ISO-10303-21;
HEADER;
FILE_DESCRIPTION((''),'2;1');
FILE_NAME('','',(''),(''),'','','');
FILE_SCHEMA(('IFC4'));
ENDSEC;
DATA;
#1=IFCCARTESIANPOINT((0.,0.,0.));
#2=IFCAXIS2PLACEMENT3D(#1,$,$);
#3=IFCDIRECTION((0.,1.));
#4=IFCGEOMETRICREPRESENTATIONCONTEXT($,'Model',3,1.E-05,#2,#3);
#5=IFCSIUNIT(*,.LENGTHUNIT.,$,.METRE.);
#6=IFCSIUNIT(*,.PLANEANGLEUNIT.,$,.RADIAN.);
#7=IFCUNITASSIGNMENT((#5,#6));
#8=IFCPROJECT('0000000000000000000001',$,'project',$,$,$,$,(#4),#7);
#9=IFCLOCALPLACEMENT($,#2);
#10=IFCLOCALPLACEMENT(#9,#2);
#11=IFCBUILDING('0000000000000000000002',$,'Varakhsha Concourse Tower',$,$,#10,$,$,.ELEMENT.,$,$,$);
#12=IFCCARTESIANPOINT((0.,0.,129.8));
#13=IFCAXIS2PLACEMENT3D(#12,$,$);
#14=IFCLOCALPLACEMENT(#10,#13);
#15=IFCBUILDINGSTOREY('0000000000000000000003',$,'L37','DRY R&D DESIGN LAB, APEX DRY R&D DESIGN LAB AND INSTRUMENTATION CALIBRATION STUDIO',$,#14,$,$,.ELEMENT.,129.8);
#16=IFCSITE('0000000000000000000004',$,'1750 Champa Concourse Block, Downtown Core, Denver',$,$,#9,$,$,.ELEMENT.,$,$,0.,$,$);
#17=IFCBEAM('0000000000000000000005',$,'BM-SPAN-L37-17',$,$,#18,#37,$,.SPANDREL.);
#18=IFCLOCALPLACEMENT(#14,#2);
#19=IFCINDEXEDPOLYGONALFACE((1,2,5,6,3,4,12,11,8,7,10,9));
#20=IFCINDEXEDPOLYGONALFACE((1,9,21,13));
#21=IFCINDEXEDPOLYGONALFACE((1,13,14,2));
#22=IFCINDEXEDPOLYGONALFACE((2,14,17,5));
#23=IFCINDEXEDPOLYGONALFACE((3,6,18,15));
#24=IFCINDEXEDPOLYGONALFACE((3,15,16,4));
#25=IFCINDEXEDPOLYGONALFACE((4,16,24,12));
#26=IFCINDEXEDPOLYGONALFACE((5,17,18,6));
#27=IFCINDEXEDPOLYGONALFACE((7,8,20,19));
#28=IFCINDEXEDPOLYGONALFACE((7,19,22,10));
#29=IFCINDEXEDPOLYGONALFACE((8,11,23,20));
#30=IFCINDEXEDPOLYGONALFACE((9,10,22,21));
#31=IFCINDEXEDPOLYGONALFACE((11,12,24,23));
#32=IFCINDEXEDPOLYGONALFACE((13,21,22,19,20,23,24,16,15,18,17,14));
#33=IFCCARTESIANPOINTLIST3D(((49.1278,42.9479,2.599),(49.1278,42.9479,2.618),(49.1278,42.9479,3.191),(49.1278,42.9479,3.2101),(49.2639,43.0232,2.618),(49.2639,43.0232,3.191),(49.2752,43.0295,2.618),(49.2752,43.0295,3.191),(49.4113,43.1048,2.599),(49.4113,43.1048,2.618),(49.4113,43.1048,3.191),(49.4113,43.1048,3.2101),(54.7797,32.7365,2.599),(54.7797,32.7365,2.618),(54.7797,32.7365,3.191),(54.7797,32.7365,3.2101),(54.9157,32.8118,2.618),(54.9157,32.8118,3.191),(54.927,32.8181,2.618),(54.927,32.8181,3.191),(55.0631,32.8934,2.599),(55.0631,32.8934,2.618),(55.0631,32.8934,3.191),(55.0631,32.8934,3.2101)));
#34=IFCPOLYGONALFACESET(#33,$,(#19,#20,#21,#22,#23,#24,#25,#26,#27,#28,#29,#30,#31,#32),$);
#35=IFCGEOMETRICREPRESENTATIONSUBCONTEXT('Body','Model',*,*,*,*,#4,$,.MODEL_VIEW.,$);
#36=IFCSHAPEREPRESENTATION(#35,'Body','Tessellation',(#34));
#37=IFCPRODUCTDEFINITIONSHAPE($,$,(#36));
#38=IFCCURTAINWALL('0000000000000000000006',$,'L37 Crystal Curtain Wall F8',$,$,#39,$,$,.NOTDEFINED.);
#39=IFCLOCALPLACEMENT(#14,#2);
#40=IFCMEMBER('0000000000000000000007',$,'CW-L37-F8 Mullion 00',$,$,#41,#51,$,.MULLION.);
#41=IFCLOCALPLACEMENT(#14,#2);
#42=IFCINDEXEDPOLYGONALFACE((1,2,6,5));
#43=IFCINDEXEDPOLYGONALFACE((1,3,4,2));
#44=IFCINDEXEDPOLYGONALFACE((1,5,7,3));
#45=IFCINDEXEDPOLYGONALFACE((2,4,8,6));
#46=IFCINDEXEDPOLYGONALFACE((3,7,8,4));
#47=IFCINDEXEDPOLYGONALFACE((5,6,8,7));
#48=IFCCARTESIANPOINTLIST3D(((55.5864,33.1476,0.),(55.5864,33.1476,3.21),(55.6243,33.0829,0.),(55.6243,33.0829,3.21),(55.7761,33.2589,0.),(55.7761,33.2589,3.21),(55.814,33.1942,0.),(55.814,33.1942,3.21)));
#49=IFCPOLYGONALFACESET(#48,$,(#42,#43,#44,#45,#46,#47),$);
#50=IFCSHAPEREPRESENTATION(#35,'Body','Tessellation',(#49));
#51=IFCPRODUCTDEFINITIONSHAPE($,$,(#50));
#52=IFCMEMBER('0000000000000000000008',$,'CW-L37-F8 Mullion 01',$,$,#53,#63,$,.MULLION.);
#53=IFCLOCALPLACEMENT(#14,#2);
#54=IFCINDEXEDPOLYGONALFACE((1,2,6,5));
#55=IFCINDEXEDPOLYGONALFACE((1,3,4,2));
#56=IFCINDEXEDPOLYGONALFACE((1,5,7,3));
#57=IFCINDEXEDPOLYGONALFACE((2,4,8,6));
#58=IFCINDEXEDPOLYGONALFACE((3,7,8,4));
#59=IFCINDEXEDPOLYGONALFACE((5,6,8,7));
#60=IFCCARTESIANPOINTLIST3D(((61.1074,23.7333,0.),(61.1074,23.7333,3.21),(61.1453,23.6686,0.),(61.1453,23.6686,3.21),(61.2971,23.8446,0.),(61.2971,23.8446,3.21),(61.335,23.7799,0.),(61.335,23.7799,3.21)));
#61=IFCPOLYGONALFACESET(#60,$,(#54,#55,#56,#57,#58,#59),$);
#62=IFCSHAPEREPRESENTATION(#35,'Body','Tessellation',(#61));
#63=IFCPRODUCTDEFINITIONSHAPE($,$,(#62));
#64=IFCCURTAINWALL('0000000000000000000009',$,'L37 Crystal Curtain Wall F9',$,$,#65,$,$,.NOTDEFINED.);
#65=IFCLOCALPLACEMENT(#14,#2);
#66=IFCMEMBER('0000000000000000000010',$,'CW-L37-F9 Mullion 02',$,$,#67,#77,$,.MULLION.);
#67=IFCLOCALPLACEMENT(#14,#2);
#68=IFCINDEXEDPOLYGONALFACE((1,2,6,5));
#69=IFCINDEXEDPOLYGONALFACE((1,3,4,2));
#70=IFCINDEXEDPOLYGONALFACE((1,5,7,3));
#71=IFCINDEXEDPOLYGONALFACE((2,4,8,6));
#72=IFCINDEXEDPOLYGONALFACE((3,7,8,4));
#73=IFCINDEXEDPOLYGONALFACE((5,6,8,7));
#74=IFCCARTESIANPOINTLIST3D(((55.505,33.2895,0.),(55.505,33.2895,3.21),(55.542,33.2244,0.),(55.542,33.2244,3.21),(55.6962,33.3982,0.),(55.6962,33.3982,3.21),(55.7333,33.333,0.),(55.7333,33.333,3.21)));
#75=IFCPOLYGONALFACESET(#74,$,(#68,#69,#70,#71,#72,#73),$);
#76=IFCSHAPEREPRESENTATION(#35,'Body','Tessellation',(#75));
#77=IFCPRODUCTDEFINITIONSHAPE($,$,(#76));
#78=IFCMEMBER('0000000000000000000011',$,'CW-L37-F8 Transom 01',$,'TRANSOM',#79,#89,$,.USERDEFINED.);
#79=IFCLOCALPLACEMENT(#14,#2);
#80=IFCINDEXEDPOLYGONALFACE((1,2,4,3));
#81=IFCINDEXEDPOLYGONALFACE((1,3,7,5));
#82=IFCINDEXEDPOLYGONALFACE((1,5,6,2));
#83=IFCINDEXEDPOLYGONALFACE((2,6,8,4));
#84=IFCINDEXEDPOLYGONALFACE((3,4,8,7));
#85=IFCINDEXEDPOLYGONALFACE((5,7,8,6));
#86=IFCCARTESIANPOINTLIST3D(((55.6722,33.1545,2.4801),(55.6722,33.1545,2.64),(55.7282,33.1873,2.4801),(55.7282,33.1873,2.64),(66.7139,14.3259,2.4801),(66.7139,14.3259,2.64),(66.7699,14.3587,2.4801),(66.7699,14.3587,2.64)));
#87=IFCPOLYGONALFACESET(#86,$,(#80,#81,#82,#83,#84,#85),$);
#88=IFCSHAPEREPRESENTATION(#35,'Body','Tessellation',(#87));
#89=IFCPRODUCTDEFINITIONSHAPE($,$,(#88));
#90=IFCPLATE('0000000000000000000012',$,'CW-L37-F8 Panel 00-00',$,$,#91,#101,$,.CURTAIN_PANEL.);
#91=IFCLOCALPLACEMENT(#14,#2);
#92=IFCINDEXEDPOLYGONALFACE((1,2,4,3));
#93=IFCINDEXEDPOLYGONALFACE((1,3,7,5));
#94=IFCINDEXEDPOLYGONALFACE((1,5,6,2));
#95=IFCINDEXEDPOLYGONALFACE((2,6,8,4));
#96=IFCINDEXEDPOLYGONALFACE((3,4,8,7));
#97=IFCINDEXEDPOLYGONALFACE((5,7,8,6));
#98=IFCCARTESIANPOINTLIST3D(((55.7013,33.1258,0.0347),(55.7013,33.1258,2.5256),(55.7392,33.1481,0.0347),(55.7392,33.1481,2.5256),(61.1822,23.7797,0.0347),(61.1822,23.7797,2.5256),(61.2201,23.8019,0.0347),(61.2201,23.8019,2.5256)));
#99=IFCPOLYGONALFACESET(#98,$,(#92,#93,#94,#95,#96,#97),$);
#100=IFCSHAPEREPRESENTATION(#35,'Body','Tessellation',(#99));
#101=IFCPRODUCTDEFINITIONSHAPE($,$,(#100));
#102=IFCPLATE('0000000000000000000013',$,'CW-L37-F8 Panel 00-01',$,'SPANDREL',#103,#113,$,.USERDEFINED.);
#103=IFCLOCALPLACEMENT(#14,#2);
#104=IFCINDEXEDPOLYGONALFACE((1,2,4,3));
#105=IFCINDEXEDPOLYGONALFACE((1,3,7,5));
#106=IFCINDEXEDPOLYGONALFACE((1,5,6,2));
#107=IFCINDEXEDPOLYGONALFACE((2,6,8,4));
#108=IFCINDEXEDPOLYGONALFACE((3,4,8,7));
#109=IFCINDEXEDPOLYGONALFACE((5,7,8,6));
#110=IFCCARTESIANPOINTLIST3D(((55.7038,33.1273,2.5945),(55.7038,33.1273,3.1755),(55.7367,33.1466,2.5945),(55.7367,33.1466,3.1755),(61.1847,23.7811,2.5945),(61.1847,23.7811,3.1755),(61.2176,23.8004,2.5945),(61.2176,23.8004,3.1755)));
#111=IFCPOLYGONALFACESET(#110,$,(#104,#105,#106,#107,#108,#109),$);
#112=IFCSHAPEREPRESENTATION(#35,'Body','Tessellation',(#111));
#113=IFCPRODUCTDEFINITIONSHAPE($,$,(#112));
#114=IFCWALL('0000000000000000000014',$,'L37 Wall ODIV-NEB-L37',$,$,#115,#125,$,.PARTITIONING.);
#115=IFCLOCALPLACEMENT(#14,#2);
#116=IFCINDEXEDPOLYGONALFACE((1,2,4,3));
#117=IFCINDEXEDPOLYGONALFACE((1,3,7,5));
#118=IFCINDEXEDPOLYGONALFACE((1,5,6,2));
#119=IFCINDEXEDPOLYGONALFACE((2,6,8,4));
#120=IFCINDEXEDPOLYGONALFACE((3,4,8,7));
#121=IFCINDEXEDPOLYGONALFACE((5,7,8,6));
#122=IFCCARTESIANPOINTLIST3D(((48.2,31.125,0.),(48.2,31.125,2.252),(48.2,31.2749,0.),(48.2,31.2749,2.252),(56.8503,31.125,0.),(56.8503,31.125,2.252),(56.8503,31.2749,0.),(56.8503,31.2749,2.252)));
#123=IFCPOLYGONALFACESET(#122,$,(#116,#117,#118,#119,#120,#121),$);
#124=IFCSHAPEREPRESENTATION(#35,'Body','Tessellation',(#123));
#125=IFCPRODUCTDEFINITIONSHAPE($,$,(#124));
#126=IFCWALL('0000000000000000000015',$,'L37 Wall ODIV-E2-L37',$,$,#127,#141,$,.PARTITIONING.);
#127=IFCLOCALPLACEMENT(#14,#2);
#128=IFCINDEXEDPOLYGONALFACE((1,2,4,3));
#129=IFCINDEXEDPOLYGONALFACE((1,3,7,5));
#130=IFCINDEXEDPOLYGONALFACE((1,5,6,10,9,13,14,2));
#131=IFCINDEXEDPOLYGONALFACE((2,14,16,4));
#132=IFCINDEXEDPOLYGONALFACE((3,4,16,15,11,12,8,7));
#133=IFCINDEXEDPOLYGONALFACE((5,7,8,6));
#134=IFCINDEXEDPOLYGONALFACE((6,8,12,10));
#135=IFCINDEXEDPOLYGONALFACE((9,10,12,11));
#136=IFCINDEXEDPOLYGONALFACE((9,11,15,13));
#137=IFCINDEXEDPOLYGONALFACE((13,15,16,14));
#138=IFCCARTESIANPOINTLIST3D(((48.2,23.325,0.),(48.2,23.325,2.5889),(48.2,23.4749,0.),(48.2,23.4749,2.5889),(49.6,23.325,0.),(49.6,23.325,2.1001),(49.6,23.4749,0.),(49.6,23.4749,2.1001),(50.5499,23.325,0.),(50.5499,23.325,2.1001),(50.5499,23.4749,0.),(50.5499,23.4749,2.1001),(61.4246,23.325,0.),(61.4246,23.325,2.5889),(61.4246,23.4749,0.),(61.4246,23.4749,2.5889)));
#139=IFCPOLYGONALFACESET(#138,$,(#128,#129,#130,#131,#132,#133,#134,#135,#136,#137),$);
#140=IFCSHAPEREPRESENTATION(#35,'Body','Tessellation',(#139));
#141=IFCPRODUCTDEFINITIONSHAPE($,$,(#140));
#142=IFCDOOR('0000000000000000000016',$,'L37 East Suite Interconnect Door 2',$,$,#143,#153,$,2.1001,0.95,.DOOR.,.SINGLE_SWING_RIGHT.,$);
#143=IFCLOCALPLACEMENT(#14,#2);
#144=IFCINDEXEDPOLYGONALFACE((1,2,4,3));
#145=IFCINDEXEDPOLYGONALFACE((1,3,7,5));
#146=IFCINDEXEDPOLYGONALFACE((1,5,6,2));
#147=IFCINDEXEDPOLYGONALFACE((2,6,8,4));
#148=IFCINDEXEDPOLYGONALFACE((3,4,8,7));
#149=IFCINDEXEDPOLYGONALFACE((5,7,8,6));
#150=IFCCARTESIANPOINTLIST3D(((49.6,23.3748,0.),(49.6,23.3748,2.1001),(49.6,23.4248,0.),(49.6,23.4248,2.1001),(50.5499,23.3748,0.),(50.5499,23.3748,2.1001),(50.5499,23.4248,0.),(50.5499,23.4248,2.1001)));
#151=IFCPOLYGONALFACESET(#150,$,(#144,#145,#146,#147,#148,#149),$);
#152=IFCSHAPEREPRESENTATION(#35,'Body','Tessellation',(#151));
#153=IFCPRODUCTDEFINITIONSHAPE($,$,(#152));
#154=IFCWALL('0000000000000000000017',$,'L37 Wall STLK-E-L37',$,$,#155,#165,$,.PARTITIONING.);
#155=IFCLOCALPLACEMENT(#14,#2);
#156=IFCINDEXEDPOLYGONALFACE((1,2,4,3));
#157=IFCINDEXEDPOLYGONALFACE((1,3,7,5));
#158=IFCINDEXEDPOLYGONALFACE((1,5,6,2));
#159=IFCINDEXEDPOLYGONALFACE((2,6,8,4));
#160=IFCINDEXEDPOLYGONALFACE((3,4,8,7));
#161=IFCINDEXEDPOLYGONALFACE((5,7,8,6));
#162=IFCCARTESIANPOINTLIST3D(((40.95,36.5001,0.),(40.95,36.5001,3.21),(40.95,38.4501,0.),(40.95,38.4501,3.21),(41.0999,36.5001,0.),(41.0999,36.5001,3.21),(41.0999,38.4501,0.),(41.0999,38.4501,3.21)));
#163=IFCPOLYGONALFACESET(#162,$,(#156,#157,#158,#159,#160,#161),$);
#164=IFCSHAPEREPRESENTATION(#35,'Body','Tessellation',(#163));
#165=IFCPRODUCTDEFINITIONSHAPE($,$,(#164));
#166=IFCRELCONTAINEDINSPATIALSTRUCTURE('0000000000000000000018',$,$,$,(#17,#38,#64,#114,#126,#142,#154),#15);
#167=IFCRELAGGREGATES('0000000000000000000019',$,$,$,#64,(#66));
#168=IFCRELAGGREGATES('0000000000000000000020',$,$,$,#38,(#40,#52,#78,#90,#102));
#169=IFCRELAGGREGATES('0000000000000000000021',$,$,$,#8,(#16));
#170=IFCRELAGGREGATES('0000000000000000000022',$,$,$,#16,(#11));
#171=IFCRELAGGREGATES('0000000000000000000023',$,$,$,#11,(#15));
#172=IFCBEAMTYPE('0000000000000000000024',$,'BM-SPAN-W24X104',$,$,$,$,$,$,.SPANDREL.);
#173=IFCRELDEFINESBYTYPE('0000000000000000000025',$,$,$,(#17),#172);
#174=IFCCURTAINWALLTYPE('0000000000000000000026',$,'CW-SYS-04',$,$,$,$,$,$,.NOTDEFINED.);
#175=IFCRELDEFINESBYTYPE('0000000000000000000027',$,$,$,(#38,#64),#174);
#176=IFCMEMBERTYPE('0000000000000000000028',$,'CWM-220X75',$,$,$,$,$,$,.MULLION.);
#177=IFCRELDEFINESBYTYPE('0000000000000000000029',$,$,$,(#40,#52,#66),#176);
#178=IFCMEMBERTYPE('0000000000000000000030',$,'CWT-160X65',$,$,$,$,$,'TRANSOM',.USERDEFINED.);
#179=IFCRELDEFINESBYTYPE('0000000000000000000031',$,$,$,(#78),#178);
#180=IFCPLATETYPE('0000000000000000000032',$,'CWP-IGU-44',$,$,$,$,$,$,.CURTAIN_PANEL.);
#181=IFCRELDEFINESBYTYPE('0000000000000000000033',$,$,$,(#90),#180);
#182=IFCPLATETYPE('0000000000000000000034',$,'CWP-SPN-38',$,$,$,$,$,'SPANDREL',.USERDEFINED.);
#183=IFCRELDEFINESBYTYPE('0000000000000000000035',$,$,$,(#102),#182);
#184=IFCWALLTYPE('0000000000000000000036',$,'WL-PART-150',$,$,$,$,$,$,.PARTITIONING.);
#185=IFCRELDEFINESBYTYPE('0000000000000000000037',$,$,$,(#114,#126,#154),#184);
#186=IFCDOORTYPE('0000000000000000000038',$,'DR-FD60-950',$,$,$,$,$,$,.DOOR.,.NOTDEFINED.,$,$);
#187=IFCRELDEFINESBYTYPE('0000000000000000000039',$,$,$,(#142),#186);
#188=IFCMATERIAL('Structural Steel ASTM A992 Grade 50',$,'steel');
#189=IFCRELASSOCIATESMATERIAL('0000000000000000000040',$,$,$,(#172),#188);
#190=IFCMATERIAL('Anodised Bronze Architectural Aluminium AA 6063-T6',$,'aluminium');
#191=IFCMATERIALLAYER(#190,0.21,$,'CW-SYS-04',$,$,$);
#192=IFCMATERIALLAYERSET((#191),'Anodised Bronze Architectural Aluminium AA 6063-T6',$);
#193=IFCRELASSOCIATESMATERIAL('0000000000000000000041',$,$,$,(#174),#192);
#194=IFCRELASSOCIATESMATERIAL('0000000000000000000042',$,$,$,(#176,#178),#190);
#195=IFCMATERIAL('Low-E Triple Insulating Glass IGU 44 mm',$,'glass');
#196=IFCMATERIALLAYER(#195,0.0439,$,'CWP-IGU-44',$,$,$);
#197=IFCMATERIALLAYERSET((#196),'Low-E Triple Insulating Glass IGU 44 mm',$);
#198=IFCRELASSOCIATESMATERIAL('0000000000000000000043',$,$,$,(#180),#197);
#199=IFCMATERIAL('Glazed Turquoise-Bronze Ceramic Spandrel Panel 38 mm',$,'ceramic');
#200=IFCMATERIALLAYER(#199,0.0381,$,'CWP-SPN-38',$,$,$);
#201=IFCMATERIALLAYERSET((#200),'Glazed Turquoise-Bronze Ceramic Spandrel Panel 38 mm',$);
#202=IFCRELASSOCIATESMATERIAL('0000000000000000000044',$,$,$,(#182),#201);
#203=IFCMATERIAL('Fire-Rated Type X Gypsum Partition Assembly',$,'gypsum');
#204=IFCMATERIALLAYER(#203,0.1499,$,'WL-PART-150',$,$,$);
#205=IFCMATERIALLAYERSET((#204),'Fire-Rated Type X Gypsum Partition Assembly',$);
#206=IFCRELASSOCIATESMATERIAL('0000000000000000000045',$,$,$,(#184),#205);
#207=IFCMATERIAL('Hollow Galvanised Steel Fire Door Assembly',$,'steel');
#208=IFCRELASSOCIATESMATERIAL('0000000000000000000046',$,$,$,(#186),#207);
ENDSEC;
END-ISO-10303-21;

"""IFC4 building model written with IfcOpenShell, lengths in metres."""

from ifc_helpers import new_model, si_unit, direction, frame, frame_2d, origin, origin_2d, place, context, subcontext, project, spatial, rectangle, i_section, extrude, source, transform, mapped, material, layer, layer_set, material_profile, profile_set, type_object, type_shapes, element, fill, aggregate, save


model = new_model("IFC4")

# Units and contexts
model_context = context("Model", 3, precision=1e-05, world=origin(), true_north=direction((0.0, 1.0)))
body_context = subcontext(model_context, "Body", "Model", "MODEL_VIEW")
ifc_project = project(units=[si_unit("LENGTHUNIT", "METRE"), si_unit("PLANEANGLEUNIT", "RADIAN")], contexts=[model_context])

# Site, building, storey
site_placement = place(None, origin())
site = spatial("IfcSite", under=ifc_project, at=site_placement, Name="1750 Champa Concourse Block, Downtown Core, Denver", CompositionType="ELEMENT", RefElevation=0.0)
building_placement = place(site_placement, origin())
building = spatial("IfcBuilding", under=site, at=building_placement, Name="Varakhsha Concourse Tower", CompositionType="ELEMENT")
storey_placement = place(building_placement, frame((0.0, 0.0, 129.8)))
storey = spatial("IfcBuildingStorey", under=building, at=storey_placement, Name="L37", Description="DRY R&D DESIGN LAB, APEX DRY R&D DESIGN LAB AND INSTRUMENTATION CALIBRATION STUDIO", CompositionType="ELEMENT", Elevation=129.8)

# Shared definitions
ifc_material_1 = material(Name="Structural Steel ASTM A992 Grade 50", Category="steel")

# Beam
ifc_material_profile_1 = material_profile(ifc_material_1, i_section(OverallWidth=0.324, OverallDepth=0.6111, WebThickness=0.0129, FlangeThickness=0.019, at=origin_2d()), Name="W24X104")
ifc_profile_set_1 = profile_set([ifc_material_profile_1], Name="Structural Steel ASTM A992 Grade 50")
beam_type_1 = type_object("IfcBeamType", Name="BM-SPAN-W24X104", PredefinedType="SPANDREL", material=ifc_profile_set_1)
beam_1_placement = place(storey_placement, frame((54.9214, 32.8149, 2.9045), z_axis=(-0.484257, 0.874926, 0.0), x_axis=(-0.874926, -0.484257, 0.0)))
element("IfcBeam", 1, at=beam_1_placement, inside=storey, type_object=beam_type_1, Name="BM-SPAN-L37-17", PredefinedType="SPANDREL", context=body_context, shape_type="SweptSolid", body=[
    extrude(i_section(OverallWidth=0.324, OverallDepth=0.6111, WebThickness=0.0129, FlangeThickness=0.019, at=origin_2d()), origin(), (0.0, 0.0, 1.0), 11.6711),
])

# Curtain wall, members
ifc_material_2 = material(Name="Anodised Bronze Architectural Aluminium AA 6063-T6", Category="aluminium")
ifc_layer_1 = layer(ifc_material_2, 0.21, Name="CW-SYS-04")
ifc_layer_set_1 = layer_set([ifc_layer_1], Name="Anodised Bronze Architectural Aluminium AA 6063-T6")
curtain_wall_type = type_object("IfcCurtainWallType", Name="CW-SYS-04", PredefinedType="NOTDEFINED", material=ifc_layer_set_1)
curtain_wall_1_placement = place(storey_placement, origin())
curtain_wall_1 = element("IfcCurtainWall", 2, at=curtain_wall_1_placement, inside=storey, type_object=curtain_wall_type, Name="L37 Crystal Curtain Wall F8", PredefinedType="NOTDEFINED")
ifc_material_profile_2 = material_profile(ifc_material_2, rectangle(XDim=0.075, YDim=0.22, at=origin_2d()), Name="CWM-220X75")
ifc_profile_set_2 = profile_set([ifc_material_profile_2], Name="Anodised Bronze Architectural Aluminium AA 6063-T6")
member_type_1 = type_object("IfcMemberType", Name="CWM-220X75", PredefinedType="MULLION", material=ifc_profile_set_2)
shared_shape_1 = source(origin(), body_context, "Body", "SweptSolid", [
    extrude(rectangle(XDim=0.075, YDim=0.22, at=origin_2d()), origin(), (0.0, 0.0, 1.0), 3.21),
])
type_shapes(member_type_1, [shared_shape_1])
member_1_placement = place(storey_placement, frame((55.7002, 33.1709, 0.0), z_axis=(0.0, 0.0, 1.0), x_axis=(0.505862, -0.862614, 0.0)))
member_1 = element("IfcMember", 3, at=member_1_placement, type_object=member_type_1, Name="CW-L37-F8 Mullion 00", PredefinedType="MULLION", context=body_context, shape_type="MappedRepresentation", body=[
    mapped(shared_shape_1, transform((0.0, 0.0, 0.0), scale=1.0)),
])
member_2_placement = place(storey_placement, frame((61.2212, 23.7566, 0.0), z_axis=(0.0, 0.0, 1.0), x_axis=(0.505862, -0.862614, 0.0)))
member_2 = element("IfcMember", 4, at=member_2_placement, type_object=member_type_1, Name="CW-L37-F8 Mullion 01", PredefinedType="MULLION", context=body_context, shape_type="MappedRepresentation", body=[
    mapped(shared_shape_1, transform((0.0, 0.0, 0.0), scale=1.0)),
])

# Curtain wall, member
curtain_wall_2_placement = place(storey_placement, origin())
curtain_wall_2 = element("IfcCurtainWall", 5, at=curtain_wall_2_placement, inside=storey, type_object=curtain_wall_type, Name="L37 Crystal Curtain Wall F9", PredefinedType="NOTDEFINED")
member_3_placement = place(storey_placement, frame((55.6191, 33.3113, 0.0), z_axis=(0.0, 0.0, 1.0), x_axis=(0.494115, -0.869397, 0.0)))
member_3 = element("IfcMember", 6, at=member_3_placement, type_object=member_type_1, Name="CW-L37-F9 Mullion 02", PredefinedType="MULLION", context=body_context, shape_type="MappedRepresentation", body=[
    mapped(shared_shape_1, transform((0.0, 0.0, 0.0), scale=1.0)),
])
aggregate(curtain_wall_2, [member_3])

# Member
ifc_material_profile_3 = material_profile(ifc_material_2, rectangle(XDim=0.0649, YDim=0.1599, at=origin_2d()), Name="CWT-160X65")
ifc_profile_set_3 = profile_set([ifc_material_profile_3], Name="Anodised Bronze Architectural Aluminium AA 6063-T6")
member_type_2 = type_object("IfcMemberType", Name="CWT-160X65", ElementType="TRANSOM", PredefinedType="USERDEFINED", material=ifc_profile_set_3)
shared_shape_2 = source(origin(), body_context, "Body", "SweptSolid", [
    extrude(rectangle(XDim=0.0649, YDim=0.1599, at=origin_2d()), origin(), (0.0, 0.0, 1.0), 21.8274),
])
type_shapes(member_type_2, [shared_shape_2])
member_4_placement = place(storey_placement, frame((55.7002, 33.1709, 2.5601), z_axis=(0.505866, -0.862612, 0.0), x_axis=(0.862612, 0.505866, 0.0)))
member_4 = element("IfcMember", 7, at=member_4_placement, type_object=member_type_2, Name="CW-L37-F8 Transom 01", ObjectType="TRANSOM", PredefinedType="USERDEFINED", context=body_context, shape_type="MappedRepresentation", body=[
    mapped(shared_shape_2, transform((0.0, 0.0, 0.0), scale=1.0)),
])

# Plates
ifc_material_3 = material(Name="Low-E Triple Insulating Glass IGU 44 mm", Category="glass")
ifc_layer_2 = layer(ifc_material_3, 0.0439, Name="CWP-IGU-44")
ifc_layer_set_2 = layer_set([ifc_layer_2], Name="Low-E Triple Insulating Glass IGU 44 mm")
plate_type_1 = type_object("IfcPlateType", Name="CWP-IGU-44", PredefinedType="CURTAIN_PANEL", material=ifc_layer_set_2)
shared_shape_3 = source(origin(), body_context, "Body", "SweptSolid", [
    extrude(rectangle(XDim=10.8347, YDim=0.0439, at=origin_2d()), origin(), (0.0, 0.0, 1.0), 2.491),
])
type_shapes(plate_type_1, [shared_shape_3])
plate_1_placement = place(storey_placement, frame((58.4607, 28.4639, 0.0347), z_axis=(0.0, 0.0, 1.0), x_axis=(0.505862, -0.862614, 0.0)))
plate_1 = element("IfcPlate", 8, at=plate_1_placement, type_object=plate_type_1, Name="CW-L37-F8 Panel 00-00", PredefinedType="CURTAIN_PANEL", context=body_context, shape_type="MappedRepresentation", body=[
    mapped(shared_shape_3, transform((0.0, 0.0, 0.0), scale=1.0)),
])
ifc_material_4 = material(Name="Glazed Turquoise-Bronze Ceramic Spandrel Panel 38 mm", Category="ceramic")
ifc_layer_3 = layer(ifc_material_4, 0.0381, Name="CWP-SPN-38")
ifc_layer_set_3 = layer_set([ifc_layer_3], Name="Glazed Turquoise-Bronze Ceramic Spandrel Panel 38 mm")
plate_type_2 = type_object("IfcPlateType", Name="CWP-SPN-38", ElementType="SPANDREL", PredefinedType="USERDEFINED", material=ifc_layer_set_3)
shared_shape_4 = source(origin(), body_context, "Body", "SweptSolid", [
    extrude(rectangle(XDim=10.8347, YDim=0.0381, at=origin_2d()), origin(), (0.0, 0.0, 1.0), 0.5811),
])
type_shapes(plate_type_2, [shared_shape_4])
plate_2_placement = place(storey_placement, frame((58.4607, 28.4639, 2.5945), z_axis=(0.0, 0.0, 1.0), x_axis=(0.505862, -0.862614, 0.0)))
plate_2 = element("IfcPlate", 9, at=plate_2_placement, type_object=plate_type_2, Name="CW-L37-F8 Panel 00-01", ObjectType="SPANDREL", PredefinedType="USERDEFINED", context=body_context, shape_type="MappedRepresentation", body=[
    mapped(shared_shape_4, transform((0.0, 0.0, 0.0), scale=1.0)),
])
aggregate(curtain_wall_1, [member_1, member_2, member_4, plate_1, plate_2])

# Wall
ifc_material_5 = material(Name="Fire-Rated Type X Gypsum Partition Assembly", Category="gypsum")
ifc_layer_4 = layer(ifc_material_5, 0.1499, Name="WL-PART-150")
ifc_layer_set_4 = layer_set([ifc_layer_4], Name="Fire-Rated Type X Gypsum Partition Assembly")
wall_type_1 = type_object("IfcWallType", Name="WL-PART-150", PredefinedType="PARTITIONING", material=ifc_layer_set_4)
wall_1_placement = place(storey_placement, frame((48.2, 31.2, 0.0), z_axis=(0.0, 0.0, 1.0), x_axis=(1.0, 0.0, 0.0)))
element("IfcWall", 10, at=wall_1_placement, inside=storey, type_object=wall_type_1, Name="L37 Wall ODIV-NEB-L37", PredefinedType="PARTITIONING", context=body_context, shape_type="SweptSolid", body=[
    extrude(rectangle(XDim=8.6504, YDim=0.1499, at=frame_2d((4.3252, 0.0))), origin(), (0.0, 0.0, 1.0), 2.252),
])

# Wall, opening, door
wall_2_placement = place(storey_placement, frame((48.2, 23.3999, 0.0), z_axis=(0.0, 0.0, 1.0), x_axis=(1.0, 0.0, 0.0)))
wall_2 = element("IfcWall", 11, at=wall_2_placement, inside=storey, type_object=wall_type_1, Name="L37 Wall ODIV-E2-L37", PredefinedType="PARTITIONING", context=body_context, shape_type="SweptSolid", body=[
    extrude(rectangle(XDim=13.2246, YDim=0.1499, at=frame_2d((6.6123, 0.0))), origin(), (0.0, 0.0, 1.0), 2.5889),
])
opening_placement = place(wall_2_placement, frame((1.3999, 0.0, 0.0)))
opening = element("IfcOpeningElement", 12, at=opening_placement, cuts=wall_2, PredefinedType="OPENING", context=body_context, shape_type="SweptSolid", body=[
    extrude(rectangle(XDim=0.95, YDim=2.1001, at=frame_2d((0.4751, 1.05))), frame((0.0, 0.085, 0.0), z_axis=(0.0, -1.0, 0.0), x_axis=(1.0, 0.0, 0.0)), (0.0, 0.0, 1.0), 0.1699),
])
ifc_material_6 = material(Name="Hollow Galvanised Steel Fire Door Assembly", Category="steel")
door_type = type_object("IfcDoorType", Name="DR-FD60-950", OperationType="NOTDEFINED", PredefinedType="DOOR", material=ifc_material_6)
door_placement = place(opening_placement, origin())
door = element("IfcDoor", 13, at=door_placement, inside=storey, type_object=door_type, Name="L37 East Suite Interconnect Door 2", OperationType="SINGLE_SWING_RIGHT", OverallHeight=2.1001, OverallWidth=0.95, PredefinedType="DOOR", context=body_context, shape_type="SweptSolid", body=[
    extrude(rectangle(XDim=0.95, YDim=2.1001, at=frame_2d((0.4751, 1.05))), frame((0.0, 0.0249, 0.0), z_axis=(0.0, -1.0, 0.0), x_axis=(1.0, 0.0, 0.0)), (0.0, 0.0, 1.0), 0.05),
])
fill(opening, door)

# Wall
wall_3_placement = place(storey_placement, frame((41.0249, 36.5, 0.0), z_axis=(0.0, 0.0, 1.0), x_axis=(0.0, 1.0, 0.0)))
element("IfcWall", 14, at=wall_3_placement, inside=storey, type_object=wall_type_1, Name="L37 Wall STLK-E-L37", PredefinedType="PARTITIONING", context=body_context, shape_type="SweptSolid", body=[
    extrude(rectangle(XDim=1.95, YDim=0.1499, at=frame_2d((0.9751, 0.0))), origin(), (0.0, 0.0, 1.0), 3.21),
])

save(model, "model.ifc")
